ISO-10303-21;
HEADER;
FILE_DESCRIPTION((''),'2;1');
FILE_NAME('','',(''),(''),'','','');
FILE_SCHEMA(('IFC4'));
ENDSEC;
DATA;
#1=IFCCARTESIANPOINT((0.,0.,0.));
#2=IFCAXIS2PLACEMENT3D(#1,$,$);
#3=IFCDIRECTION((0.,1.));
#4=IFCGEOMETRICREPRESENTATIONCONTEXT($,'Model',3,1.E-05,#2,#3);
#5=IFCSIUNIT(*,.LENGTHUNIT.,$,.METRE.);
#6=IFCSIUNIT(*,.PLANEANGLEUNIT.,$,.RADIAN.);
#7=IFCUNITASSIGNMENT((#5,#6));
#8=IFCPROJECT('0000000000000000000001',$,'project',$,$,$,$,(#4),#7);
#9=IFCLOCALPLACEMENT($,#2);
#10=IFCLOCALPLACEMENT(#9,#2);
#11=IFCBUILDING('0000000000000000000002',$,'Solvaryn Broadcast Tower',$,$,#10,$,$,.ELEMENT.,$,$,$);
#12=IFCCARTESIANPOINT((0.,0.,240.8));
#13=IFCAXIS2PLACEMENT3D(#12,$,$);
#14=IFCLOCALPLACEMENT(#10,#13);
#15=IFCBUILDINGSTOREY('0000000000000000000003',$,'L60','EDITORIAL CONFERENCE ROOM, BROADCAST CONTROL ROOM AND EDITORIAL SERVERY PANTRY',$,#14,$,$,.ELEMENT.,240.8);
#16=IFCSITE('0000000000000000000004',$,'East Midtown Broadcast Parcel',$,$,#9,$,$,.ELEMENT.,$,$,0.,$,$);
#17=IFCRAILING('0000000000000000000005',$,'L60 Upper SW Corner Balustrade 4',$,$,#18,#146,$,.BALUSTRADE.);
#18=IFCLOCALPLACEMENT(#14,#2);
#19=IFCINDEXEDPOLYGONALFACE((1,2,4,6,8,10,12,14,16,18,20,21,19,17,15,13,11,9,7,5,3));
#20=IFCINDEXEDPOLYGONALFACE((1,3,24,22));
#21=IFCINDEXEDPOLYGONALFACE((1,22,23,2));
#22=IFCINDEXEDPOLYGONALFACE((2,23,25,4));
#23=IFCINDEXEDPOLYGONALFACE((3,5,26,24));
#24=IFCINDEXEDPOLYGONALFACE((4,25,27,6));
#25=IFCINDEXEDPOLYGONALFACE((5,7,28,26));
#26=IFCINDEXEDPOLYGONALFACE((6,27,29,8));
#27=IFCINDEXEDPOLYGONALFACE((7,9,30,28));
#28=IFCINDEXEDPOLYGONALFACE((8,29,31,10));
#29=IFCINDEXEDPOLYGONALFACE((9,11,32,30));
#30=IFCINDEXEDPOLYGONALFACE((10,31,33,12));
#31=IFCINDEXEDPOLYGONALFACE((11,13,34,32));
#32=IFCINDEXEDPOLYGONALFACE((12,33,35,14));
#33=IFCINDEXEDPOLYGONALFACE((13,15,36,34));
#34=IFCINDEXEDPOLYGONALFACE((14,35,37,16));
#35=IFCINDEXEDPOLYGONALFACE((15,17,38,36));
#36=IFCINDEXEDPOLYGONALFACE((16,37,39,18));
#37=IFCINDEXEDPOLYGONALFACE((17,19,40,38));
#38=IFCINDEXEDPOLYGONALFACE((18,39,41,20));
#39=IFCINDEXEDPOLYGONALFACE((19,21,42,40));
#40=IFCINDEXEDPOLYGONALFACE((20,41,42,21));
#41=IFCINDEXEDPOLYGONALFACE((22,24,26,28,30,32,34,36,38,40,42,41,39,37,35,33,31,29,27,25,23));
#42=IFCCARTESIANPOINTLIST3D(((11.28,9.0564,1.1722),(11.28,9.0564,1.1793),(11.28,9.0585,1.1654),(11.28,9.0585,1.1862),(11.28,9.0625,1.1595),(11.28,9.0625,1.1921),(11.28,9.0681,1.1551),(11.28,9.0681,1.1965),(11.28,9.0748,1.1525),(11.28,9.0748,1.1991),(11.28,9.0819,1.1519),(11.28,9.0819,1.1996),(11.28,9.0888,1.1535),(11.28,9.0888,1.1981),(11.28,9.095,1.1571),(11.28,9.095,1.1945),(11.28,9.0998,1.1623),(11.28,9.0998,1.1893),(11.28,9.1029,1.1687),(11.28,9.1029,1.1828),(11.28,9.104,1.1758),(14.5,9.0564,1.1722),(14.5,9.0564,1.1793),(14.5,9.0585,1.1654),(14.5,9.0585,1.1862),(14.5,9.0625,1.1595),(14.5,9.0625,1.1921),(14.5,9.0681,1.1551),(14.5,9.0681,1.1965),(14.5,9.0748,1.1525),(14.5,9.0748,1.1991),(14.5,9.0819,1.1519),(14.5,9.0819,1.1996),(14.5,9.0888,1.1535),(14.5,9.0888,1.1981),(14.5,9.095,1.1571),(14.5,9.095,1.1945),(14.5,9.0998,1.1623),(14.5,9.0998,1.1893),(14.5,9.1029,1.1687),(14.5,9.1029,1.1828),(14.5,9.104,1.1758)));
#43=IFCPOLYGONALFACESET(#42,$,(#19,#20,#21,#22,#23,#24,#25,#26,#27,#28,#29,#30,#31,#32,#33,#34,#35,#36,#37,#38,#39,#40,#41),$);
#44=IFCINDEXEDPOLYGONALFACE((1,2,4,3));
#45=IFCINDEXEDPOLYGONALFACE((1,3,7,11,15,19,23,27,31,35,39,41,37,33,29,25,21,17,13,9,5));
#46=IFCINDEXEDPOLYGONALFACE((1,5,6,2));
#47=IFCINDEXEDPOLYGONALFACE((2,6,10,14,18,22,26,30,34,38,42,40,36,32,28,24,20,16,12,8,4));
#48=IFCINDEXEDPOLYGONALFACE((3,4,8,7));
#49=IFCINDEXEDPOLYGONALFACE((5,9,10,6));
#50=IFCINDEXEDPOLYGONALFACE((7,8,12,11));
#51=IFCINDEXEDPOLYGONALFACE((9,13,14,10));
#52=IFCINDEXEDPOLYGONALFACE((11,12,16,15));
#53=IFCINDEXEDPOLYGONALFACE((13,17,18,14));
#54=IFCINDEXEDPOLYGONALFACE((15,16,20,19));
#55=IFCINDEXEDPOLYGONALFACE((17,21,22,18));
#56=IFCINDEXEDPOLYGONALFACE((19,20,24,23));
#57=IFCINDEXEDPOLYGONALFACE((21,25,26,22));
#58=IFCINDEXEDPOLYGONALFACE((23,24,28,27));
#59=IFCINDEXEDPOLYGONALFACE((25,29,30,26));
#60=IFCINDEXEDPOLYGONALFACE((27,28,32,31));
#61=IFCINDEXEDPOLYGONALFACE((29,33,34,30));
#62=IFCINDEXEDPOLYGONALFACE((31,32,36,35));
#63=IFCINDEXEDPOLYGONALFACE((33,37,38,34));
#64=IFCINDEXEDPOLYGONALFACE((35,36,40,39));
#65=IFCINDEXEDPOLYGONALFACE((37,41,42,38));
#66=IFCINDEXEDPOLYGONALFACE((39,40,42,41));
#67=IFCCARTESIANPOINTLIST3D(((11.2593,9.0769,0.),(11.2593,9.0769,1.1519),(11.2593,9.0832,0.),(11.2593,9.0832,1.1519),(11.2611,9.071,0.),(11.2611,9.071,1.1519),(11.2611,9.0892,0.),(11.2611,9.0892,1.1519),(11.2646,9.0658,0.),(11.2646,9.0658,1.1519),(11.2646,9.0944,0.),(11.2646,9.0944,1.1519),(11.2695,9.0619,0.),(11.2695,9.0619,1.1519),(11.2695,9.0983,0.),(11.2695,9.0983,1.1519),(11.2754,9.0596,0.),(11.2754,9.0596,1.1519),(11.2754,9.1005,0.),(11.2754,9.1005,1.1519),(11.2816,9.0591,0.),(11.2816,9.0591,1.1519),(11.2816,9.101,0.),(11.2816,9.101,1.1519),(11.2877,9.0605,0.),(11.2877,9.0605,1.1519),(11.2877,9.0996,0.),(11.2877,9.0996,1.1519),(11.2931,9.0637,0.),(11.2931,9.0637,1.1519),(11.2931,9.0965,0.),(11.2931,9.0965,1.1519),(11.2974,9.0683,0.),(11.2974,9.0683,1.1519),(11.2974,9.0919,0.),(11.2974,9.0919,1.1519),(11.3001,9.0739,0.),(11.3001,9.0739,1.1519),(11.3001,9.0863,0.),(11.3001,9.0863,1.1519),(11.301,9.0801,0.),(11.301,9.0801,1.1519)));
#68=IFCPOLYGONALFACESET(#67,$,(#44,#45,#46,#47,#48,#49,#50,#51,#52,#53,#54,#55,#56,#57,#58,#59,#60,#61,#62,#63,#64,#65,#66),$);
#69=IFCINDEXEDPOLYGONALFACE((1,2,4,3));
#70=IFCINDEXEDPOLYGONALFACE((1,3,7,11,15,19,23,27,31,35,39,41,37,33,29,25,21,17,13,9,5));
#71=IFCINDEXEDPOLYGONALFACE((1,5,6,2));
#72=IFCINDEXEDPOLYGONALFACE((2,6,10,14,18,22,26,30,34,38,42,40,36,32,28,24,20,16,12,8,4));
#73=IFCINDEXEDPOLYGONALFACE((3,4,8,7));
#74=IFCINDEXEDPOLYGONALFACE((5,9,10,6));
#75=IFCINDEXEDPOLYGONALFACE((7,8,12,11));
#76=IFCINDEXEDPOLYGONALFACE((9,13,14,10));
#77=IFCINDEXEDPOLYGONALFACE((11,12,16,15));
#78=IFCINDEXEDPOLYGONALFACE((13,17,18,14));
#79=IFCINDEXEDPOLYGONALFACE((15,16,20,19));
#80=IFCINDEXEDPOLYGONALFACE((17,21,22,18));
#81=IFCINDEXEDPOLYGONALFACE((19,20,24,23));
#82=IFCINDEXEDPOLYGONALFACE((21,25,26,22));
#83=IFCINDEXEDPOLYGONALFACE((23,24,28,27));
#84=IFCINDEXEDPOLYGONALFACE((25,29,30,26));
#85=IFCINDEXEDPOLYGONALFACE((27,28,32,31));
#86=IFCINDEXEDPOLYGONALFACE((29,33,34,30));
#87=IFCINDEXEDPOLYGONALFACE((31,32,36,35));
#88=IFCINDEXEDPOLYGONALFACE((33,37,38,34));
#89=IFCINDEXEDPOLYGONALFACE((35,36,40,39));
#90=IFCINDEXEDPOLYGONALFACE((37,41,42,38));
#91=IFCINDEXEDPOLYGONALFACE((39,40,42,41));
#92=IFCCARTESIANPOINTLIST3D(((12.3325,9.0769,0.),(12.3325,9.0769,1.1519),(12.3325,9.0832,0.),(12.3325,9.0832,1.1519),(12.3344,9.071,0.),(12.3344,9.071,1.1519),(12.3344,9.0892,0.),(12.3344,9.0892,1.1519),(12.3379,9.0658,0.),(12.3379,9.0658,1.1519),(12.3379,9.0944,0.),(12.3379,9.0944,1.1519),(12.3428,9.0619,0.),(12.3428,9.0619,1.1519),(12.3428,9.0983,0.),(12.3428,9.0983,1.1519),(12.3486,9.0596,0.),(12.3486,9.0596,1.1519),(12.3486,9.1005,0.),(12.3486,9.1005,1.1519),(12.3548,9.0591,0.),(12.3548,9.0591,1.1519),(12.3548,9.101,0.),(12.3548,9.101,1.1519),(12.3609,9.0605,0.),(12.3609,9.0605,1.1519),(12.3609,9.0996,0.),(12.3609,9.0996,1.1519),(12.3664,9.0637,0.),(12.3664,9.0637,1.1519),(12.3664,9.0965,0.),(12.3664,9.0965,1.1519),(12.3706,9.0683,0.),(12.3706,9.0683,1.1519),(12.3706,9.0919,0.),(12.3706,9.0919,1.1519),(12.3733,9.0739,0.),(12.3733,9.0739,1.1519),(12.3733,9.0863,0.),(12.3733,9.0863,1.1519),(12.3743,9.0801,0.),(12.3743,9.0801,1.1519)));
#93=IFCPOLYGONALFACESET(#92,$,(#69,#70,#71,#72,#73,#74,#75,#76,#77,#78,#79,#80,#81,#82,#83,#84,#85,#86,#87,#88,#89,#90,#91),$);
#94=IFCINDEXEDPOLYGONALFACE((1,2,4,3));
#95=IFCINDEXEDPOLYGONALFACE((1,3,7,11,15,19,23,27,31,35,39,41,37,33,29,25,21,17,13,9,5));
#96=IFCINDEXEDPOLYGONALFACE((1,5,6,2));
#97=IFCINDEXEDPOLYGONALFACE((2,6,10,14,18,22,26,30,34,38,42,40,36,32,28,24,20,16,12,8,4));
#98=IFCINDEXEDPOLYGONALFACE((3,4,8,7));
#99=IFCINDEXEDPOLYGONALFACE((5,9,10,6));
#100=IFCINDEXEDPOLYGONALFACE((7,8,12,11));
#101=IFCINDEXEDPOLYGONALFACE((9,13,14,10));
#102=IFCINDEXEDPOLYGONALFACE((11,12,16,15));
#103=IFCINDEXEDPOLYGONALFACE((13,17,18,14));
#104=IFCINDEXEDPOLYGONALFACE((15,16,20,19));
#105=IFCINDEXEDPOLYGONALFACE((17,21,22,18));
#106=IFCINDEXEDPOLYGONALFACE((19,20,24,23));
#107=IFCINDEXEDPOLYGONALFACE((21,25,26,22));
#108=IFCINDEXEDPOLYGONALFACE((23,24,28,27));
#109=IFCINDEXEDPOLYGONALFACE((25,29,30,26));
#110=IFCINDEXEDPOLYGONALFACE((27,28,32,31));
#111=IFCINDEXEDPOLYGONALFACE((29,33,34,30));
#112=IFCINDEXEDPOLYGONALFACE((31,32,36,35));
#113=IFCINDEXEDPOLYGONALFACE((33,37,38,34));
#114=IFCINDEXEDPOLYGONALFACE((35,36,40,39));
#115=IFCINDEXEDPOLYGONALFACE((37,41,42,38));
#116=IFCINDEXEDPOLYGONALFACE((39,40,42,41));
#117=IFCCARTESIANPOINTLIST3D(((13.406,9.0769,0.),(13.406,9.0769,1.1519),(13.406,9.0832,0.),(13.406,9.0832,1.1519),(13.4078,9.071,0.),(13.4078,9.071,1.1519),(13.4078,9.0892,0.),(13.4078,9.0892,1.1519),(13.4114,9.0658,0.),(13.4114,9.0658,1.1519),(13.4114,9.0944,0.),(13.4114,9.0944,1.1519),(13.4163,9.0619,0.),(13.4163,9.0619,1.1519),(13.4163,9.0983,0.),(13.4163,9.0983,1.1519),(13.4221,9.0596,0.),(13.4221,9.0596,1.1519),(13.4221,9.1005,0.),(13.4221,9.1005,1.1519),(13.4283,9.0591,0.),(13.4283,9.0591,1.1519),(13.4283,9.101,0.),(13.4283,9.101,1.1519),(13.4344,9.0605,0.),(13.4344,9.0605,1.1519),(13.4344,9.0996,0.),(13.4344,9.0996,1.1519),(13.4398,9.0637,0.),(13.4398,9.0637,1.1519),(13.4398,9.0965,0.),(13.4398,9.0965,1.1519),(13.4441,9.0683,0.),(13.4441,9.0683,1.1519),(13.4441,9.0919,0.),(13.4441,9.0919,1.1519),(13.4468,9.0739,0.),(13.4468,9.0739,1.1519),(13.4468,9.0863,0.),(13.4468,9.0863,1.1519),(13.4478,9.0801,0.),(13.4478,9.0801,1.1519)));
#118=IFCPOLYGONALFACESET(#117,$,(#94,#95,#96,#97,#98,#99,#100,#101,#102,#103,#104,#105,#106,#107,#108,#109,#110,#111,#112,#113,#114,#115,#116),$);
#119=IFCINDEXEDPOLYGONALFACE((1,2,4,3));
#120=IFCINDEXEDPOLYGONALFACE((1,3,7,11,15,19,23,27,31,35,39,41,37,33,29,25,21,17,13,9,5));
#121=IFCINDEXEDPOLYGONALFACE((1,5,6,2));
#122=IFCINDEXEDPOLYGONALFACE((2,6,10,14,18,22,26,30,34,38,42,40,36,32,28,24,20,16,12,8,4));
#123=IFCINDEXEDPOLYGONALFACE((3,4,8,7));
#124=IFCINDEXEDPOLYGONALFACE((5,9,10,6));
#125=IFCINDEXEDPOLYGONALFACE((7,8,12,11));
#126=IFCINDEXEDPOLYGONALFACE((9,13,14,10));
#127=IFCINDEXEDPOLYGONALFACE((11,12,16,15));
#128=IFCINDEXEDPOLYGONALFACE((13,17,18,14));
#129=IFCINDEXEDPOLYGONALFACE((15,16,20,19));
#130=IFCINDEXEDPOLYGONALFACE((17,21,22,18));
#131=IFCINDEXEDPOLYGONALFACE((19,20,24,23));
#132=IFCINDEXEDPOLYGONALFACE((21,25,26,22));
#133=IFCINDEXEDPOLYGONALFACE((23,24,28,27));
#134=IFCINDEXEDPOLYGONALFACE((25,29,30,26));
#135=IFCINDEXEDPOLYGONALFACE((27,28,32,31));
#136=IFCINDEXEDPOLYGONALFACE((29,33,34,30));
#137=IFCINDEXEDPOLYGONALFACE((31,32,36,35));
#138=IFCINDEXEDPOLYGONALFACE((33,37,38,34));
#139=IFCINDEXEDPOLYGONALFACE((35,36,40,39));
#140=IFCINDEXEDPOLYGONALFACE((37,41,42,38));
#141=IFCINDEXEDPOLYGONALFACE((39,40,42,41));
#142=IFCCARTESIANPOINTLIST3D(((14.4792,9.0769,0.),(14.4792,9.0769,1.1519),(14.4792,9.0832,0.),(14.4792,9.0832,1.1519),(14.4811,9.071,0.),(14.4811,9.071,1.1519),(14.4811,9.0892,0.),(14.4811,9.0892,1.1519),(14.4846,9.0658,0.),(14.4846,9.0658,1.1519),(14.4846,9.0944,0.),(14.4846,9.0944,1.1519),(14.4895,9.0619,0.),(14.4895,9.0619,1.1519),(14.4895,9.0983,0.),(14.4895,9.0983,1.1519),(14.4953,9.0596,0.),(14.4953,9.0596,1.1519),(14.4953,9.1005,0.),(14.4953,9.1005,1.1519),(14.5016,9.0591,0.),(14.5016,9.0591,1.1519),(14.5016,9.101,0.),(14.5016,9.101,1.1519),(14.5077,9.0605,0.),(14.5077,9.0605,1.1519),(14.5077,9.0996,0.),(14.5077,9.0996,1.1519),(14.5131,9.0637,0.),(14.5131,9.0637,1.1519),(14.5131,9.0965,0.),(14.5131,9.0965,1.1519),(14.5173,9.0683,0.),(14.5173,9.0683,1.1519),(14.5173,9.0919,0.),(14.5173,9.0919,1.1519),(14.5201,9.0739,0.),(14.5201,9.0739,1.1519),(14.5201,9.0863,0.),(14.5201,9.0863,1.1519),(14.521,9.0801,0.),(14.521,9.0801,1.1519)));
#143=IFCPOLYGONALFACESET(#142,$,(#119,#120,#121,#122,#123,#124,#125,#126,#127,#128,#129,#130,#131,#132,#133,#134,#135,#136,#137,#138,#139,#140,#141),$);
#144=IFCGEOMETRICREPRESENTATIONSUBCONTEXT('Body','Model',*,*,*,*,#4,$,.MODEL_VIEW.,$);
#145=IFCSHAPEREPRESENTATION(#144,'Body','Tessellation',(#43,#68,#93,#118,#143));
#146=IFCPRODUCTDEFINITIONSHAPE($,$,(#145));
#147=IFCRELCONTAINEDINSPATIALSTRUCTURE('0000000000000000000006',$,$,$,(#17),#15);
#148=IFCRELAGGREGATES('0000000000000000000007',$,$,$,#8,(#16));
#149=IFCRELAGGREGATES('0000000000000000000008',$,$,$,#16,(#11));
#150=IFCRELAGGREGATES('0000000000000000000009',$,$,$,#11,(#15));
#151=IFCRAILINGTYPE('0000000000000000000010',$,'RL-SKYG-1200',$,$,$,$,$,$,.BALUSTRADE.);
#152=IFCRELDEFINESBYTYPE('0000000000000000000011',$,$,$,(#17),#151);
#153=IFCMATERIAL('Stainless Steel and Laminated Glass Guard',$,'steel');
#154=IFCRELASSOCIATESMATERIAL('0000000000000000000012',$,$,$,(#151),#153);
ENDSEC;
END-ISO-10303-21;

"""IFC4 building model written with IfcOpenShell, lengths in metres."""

from ifc_helpers import new_model, si_unit, direction, frame, origin, origin_2d, place, context, subcontext, project, spatial, circle, extrude, material, type_object, element, save


model = new_model("IFC4")

# Units and contexts
model_context = context("Model", 3, precision=1e-05, world=origin(), true_north=direction((0.0, 1.0)))
body_context = subcontext(model_context, "Body", "Model", "MODEL_VIEW")
ifc_project = project(units=[si_unit("LENGTHUNIT", "METRE"), si_unit("PLANEANGLEUNIT", "RADIAN")], contexts=[model_context])

# Site, building, storey
site_placement = place(None, origin())
site = spatial("IfcSite", under=ifc_project, at=site_placement, Name="East Midtown Broadcast Parcel", CompositionType="ELEMENT", RefElevation=0.0)
building_placement = place(site_placement, origin())
building = spatial("IfcBuilding", under=site, at=building_placement, Name="Solvaryn Broadcast Tower", CompositionType="ELEMENT")
storey_placement = place(building_placement, frame((0.0, 0.0, 240.8)))
storey = spatial("IfcBuildingStorey", under=building, at=storey_placement, Name="L60", Description="EDITORIAL CONFERENCE ROOM, BROADCAST CONTROL ROOM AND EDITORIAL SERVERY PANTRY", CompositionType="ELEMENT", Elevation=240.8)

# Railing
ifc_material_1 = material(Name="Stainless Steel and Laminated Glass Guard", Category="steel")
railing_type = type_object("IfcRailingType", Name="RL-SKYG-1200", PredefinedType="BALUSTRADE", material=ifc_material_1)
railing_1_placement = place(storey_placement, frame((11.28, 9.0801, 0.0)))
element("IfcRailing", 1, at=railing_1_placement, inside=storey, type_object=railing_type, Name="L60 Upper SW Corner Balustrade 4", PredefinedType="BALUSTRADE", context=body_context, shape_type="SweptSolid", body=[
    extrude(circle(Radius=0.0239, at=origin_2d()), frame((0.0, 0.0, 1.1758), z_axis=(1.0, 0.0, 0.0), x_axis=(0.0, 1.0, 0.0)), (0.0, 0.0, 1.0), 3.22),
    extrude(circle(Radius=0.021, at=origin_2d()), origin(), (0.0, 0.0, 1.0), 1.1519),
    extrude(circle(Radius=0.021, at=origin_2d()), frame((1.0732, 0.0, 0.0)), (0.0, 0.0, 1.0), 1.1519),
    extrude(circle(Radius=0.021, at=origin_2d()), frame((2.1467, 0.0, 0.0)), (0.0, 0.0, 1.0), 1.1519),
    extrude(circle(Radius=0.021, at=origin_2d()), frame((3.22, 0.0, 0.0)), (0.0, 0.0, 1.0), 1.1519),
])

save(model, "model.ifc")
